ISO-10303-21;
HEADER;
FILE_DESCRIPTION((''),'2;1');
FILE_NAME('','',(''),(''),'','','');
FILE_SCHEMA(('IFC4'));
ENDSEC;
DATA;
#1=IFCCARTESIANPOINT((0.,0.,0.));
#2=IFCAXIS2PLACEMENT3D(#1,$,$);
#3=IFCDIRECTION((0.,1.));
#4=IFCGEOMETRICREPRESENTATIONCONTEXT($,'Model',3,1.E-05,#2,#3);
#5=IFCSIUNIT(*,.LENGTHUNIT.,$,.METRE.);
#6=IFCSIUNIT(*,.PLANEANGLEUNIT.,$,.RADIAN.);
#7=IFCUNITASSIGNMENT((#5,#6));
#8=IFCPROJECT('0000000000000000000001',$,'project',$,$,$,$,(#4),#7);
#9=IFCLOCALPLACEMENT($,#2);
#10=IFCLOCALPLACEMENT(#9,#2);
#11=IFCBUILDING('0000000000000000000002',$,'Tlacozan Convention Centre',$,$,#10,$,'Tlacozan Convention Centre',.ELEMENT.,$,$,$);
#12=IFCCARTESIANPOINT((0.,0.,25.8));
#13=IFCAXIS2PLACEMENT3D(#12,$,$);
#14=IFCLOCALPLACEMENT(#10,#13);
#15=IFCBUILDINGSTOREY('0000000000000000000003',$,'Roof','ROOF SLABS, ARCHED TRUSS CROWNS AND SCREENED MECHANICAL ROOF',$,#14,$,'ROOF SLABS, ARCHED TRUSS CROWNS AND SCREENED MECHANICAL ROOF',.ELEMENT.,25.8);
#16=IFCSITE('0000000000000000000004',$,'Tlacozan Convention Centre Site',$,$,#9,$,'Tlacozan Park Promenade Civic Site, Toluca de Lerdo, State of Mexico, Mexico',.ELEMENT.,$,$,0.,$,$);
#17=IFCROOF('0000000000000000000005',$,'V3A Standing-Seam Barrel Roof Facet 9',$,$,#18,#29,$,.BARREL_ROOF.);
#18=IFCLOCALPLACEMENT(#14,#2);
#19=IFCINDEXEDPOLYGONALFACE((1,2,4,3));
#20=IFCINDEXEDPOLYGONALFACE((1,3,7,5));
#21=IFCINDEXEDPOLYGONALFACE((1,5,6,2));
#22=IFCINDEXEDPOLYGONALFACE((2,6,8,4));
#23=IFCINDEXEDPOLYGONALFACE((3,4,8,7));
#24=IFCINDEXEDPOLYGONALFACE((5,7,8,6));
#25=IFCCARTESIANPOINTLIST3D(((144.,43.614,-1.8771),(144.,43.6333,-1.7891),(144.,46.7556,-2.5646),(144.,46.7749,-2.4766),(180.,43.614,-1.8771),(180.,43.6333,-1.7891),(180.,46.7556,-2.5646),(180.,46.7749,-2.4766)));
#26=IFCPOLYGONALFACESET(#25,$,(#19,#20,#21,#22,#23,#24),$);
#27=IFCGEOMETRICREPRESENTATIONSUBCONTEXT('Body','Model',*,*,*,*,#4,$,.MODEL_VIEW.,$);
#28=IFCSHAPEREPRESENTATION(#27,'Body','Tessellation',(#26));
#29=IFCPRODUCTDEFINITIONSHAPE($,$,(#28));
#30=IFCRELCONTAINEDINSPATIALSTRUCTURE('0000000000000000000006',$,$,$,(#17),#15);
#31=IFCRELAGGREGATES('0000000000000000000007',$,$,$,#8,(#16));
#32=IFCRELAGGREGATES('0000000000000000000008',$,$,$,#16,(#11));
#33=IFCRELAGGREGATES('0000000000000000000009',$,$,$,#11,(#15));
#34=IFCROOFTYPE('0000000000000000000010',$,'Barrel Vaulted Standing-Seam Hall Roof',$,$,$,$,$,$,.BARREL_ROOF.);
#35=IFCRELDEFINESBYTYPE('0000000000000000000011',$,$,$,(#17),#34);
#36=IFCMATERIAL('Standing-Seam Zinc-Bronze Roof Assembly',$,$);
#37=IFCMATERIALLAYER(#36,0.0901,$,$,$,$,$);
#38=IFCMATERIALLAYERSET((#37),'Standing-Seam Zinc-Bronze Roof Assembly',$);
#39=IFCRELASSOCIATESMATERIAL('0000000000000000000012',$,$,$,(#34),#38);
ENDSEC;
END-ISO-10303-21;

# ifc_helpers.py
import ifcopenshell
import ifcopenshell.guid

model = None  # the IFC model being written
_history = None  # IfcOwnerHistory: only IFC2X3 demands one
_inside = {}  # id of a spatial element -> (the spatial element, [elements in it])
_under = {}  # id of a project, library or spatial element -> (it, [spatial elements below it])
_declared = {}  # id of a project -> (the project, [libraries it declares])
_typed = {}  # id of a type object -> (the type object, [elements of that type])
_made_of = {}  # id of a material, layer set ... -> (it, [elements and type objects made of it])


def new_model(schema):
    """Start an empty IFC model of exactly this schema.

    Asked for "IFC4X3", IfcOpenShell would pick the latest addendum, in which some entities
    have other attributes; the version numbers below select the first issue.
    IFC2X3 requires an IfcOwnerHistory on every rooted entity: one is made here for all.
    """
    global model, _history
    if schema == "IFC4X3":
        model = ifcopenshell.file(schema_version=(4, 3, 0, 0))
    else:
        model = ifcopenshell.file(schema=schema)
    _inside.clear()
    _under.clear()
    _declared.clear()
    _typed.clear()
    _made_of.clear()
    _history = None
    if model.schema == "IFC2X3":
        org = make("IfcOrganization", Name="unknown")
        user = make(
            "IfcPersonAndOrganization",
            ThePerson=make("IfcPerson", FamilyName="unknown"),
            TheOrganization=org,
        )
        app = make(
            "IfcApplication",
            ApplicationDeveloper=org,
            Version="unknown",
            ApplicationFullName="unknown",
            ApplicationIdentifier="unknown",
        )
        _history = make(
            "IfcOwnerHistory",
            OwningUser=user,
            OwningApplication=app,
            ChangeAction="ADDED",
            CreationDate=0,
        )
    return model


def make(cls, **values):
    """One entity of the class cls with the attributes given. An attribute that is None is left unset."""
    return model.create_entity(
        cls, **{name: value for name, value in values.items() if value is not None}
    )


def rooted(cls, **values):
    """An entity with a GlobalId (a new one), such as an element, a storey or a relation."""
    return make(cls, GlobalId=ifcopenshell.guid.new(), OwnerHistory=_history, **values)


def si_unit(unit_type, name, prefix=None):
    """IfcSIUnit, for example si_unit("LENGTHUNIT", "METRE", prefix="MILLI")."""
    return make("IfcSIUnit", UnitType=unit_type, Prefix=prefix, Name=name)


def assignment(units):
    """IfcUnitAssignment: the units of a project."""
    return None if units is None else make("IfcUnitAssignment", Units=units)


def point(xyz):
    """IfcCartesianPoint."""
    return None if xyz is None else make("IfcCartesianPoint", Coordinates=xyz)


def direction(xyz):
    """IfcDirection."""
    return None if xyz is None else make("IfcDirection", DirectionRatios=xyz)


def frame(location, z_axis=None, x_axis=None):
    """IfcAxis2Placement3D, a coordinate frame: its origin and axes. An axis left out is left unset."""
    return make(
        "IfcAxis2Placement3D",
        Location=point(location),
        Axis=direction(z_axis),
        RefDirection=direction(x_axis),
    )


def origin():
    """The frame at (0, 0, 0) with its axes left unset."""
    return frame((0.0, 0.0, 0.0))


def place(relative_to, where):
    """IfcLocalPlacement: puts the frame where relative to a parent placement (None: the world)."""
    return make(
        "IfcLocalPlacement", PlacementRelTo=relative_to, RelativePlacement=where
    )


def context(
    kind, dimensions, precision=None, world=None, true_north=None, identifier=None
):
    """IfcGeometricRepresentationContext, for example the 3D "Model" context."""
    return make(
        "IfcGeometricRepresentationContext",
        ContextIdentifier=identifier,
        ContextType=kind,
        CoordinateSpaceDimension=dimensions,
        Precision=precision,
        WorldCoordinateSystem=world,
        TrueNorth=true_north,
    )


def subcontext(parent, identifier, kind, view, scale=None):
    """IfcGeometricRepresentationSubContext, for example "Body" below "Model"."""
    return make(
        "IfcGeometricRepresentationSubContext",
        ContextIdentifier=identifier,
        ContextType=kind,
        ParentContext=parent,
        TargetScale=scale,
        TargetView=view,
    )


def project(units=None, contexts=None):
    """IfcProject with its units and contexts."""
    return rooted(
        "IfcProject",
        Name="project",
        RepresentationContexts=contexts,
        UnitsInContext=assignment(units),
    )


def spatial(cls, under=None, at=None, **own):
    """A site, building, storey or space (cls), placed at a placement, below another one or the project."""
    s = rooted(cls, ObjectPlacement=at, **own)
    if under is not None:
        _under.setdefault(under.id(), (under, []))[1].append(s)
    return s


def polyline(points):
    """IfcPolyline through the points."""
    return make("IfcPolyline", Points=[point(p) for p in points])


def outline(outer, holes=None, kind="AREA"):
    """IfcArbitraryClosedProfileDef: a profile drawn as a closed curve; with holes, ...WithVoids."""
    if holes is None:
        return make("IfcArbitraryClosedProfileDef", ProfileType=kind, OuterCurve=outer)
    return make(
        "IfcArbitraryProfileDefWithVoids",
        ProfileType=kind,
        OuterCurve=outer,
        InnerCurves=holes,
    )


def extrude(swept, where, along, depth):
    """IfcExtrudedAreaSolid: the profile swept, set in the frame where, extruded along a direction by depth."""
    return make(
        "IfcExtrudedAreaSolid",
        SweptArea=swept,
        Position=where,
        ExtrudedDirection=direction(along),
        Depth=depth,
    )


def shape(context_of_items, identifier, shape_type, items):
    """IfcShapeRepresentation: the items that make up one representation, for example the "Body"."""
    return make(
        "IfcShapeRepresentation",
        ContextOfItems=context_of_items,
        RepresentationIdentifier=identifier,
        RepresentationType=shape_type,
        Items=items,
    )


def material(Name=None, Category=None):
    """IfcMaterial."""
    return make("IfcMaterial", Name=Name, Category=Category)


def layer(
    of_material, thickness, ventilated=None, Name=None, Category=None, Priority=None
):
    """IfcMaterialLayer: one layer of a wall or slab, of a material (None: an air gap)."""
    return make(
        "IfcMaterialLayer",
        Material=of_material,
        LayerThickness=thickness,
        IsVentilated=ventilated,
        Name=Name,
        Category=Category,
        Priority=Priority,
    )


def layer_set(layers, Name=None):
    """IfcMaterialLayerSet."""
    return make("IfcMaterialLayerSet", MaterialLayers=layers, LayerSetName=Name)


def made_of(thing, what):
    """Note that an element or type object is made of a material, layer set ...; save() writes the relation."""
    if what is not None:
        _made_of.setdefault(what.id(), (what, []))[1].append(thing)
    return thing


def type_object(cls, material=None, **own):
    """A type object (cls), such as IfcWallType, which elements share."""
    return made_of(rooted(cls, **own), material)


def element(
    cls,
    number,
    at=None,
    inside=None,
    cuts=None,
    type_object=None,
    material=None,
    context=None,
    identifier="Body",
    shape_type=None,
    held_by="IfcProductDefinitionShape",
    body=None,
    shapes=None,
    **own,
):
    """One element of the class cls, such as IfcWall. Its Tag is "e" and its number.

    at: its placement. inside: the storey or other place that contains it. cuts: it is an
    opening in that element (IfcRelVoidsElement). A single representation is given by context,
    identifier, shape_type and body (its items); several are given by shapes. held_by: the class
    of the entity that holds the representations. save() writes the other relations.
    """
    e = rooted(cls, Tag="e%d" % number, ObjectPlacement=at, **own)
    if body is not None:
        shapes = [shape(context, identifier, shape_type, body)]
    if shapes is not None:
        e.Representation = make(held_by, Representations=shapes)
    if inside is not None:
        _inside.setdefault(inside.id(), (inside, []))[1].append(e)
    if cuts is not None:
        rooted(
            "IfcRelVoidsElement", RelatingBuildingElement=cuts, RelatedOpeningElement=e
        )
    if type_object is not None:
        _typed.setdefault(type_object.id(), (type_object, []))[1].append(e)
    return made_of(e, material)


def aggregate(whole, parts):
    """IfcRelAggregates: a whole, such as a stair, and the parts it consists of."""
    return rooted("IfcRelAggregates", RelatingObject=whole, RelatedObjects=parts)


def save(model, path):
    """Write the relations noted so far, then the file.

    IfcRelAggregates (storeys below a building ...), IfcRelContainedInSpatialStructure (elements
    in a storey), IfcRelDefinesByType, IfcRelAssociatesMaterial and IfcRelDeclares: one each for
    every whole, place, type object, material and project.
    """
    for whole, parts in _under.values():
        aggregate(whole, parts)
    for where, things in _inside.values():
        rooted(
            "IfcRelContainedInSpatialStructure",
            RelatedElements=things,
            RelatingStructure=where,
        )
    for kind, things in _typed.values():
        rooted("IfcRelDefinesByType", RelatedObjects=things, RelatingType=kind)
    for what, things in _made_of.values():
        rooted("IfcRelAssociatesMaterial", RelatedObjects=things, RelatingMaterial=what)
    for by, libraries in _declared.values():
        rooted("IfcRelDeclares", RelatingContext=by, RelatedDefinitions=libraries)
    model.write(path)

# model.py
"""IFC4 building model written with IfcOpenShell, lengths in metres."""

from ifc_helpers import new_model, si_unit, direction, frame, origin, place, context, subcontext, project, spatial, polyline, outline, extrude, material, layer, layer_set, type_object, element, save


model = new_model("IFC4")

# Units and contexts
model_context = context("Model", 3, precision=1e-05, world=origin(), true_north=direction((0.0, 1.0)))
body_context = subcontext(model_context, "Body", "Model", "MODEL_VIEW")
ifc_project = project(units=[si_unit("LENGTHUNIT", "METRE"), si_unit("PLANEANGLEUNIT", "RADIAN")], contexts=[model_context])

# Site, building, storey
site_placement = place(None, origin())
site = spatial("IfcSite", under=ifc_project, at=site_placement, Name="Tlacozan Convention Centre Site", LongName="Tlacozan Park Promenade Civic Site, Toluca de Lerdo, State of Mexico, Mexico", CompositionType="ELEMENT", RefElevation=0.0)
building_placement = place(site_placement, origin())
building = spatial("IfcBuilding", under=site, at=building_placement, Name="Tlacozan Convention Centre", LongName="Tlacozan Convention Centre", CompositionType="ELEMENT")
storey_placement = place(building_placement, frame((0.0, 0.0, 25.8)))
storey = spatial("IfcBuildingStorey", under=building, at=storey_placement, Name="Roof", Description="ROOF SLABS, ARCHED TRUSS CROWNS AND SCREENED MECHANICAL ROOF", LongName="ROOF SLABS, ARCHED TRUSS CROWNS AND SCREENED MECHANICAL ROOF", CompositionType="ELEMENT", Elevation=25.8)

# Roof
ifc_material_1 = material(Name="Standing-Seam Zinc-Bronze Roof Assembly")
ifc_layer_1 = layer(ifc_material_1, 0.0901)
ifc_layer_set_1 = layer_set([ifc_layer_1], Name="Standing-Seam Zinc-Bronze Roof Assembly")
roof_type = type_object("IfcRoofType", Name="Barrel Vaulted Standing-Seam Hall Roof", PredefinedType="BARREL_ROOF", material=ifc_layer_set_1)
roof_1_placement = place(storey_placement, frame((144.0, 43.6333, -1.7891), z_axis=(0.0, 0.213778, 0.976882), x_axis=(1.0, 0.0, 0.0)))
element("IfcRoof", 1, at=roof_1_placement, inside=storey, type_object=roof_type, Name="V3A Standing-Seam Barrel Roof Facet 9", PredefinedType="BARREL_ROOF", context=body_context, shape_type="SweptSolid", body=[
    extrude(outline(polyline([(0.0, 0.0), (36.0, 0.0), (36.0, 3.2159), (0.0, 3.2159), (0.0, 0.0)])), origin(), (0.0, 0.0, -1.0), 0.0901),
])

save(model, "model.ifc")
